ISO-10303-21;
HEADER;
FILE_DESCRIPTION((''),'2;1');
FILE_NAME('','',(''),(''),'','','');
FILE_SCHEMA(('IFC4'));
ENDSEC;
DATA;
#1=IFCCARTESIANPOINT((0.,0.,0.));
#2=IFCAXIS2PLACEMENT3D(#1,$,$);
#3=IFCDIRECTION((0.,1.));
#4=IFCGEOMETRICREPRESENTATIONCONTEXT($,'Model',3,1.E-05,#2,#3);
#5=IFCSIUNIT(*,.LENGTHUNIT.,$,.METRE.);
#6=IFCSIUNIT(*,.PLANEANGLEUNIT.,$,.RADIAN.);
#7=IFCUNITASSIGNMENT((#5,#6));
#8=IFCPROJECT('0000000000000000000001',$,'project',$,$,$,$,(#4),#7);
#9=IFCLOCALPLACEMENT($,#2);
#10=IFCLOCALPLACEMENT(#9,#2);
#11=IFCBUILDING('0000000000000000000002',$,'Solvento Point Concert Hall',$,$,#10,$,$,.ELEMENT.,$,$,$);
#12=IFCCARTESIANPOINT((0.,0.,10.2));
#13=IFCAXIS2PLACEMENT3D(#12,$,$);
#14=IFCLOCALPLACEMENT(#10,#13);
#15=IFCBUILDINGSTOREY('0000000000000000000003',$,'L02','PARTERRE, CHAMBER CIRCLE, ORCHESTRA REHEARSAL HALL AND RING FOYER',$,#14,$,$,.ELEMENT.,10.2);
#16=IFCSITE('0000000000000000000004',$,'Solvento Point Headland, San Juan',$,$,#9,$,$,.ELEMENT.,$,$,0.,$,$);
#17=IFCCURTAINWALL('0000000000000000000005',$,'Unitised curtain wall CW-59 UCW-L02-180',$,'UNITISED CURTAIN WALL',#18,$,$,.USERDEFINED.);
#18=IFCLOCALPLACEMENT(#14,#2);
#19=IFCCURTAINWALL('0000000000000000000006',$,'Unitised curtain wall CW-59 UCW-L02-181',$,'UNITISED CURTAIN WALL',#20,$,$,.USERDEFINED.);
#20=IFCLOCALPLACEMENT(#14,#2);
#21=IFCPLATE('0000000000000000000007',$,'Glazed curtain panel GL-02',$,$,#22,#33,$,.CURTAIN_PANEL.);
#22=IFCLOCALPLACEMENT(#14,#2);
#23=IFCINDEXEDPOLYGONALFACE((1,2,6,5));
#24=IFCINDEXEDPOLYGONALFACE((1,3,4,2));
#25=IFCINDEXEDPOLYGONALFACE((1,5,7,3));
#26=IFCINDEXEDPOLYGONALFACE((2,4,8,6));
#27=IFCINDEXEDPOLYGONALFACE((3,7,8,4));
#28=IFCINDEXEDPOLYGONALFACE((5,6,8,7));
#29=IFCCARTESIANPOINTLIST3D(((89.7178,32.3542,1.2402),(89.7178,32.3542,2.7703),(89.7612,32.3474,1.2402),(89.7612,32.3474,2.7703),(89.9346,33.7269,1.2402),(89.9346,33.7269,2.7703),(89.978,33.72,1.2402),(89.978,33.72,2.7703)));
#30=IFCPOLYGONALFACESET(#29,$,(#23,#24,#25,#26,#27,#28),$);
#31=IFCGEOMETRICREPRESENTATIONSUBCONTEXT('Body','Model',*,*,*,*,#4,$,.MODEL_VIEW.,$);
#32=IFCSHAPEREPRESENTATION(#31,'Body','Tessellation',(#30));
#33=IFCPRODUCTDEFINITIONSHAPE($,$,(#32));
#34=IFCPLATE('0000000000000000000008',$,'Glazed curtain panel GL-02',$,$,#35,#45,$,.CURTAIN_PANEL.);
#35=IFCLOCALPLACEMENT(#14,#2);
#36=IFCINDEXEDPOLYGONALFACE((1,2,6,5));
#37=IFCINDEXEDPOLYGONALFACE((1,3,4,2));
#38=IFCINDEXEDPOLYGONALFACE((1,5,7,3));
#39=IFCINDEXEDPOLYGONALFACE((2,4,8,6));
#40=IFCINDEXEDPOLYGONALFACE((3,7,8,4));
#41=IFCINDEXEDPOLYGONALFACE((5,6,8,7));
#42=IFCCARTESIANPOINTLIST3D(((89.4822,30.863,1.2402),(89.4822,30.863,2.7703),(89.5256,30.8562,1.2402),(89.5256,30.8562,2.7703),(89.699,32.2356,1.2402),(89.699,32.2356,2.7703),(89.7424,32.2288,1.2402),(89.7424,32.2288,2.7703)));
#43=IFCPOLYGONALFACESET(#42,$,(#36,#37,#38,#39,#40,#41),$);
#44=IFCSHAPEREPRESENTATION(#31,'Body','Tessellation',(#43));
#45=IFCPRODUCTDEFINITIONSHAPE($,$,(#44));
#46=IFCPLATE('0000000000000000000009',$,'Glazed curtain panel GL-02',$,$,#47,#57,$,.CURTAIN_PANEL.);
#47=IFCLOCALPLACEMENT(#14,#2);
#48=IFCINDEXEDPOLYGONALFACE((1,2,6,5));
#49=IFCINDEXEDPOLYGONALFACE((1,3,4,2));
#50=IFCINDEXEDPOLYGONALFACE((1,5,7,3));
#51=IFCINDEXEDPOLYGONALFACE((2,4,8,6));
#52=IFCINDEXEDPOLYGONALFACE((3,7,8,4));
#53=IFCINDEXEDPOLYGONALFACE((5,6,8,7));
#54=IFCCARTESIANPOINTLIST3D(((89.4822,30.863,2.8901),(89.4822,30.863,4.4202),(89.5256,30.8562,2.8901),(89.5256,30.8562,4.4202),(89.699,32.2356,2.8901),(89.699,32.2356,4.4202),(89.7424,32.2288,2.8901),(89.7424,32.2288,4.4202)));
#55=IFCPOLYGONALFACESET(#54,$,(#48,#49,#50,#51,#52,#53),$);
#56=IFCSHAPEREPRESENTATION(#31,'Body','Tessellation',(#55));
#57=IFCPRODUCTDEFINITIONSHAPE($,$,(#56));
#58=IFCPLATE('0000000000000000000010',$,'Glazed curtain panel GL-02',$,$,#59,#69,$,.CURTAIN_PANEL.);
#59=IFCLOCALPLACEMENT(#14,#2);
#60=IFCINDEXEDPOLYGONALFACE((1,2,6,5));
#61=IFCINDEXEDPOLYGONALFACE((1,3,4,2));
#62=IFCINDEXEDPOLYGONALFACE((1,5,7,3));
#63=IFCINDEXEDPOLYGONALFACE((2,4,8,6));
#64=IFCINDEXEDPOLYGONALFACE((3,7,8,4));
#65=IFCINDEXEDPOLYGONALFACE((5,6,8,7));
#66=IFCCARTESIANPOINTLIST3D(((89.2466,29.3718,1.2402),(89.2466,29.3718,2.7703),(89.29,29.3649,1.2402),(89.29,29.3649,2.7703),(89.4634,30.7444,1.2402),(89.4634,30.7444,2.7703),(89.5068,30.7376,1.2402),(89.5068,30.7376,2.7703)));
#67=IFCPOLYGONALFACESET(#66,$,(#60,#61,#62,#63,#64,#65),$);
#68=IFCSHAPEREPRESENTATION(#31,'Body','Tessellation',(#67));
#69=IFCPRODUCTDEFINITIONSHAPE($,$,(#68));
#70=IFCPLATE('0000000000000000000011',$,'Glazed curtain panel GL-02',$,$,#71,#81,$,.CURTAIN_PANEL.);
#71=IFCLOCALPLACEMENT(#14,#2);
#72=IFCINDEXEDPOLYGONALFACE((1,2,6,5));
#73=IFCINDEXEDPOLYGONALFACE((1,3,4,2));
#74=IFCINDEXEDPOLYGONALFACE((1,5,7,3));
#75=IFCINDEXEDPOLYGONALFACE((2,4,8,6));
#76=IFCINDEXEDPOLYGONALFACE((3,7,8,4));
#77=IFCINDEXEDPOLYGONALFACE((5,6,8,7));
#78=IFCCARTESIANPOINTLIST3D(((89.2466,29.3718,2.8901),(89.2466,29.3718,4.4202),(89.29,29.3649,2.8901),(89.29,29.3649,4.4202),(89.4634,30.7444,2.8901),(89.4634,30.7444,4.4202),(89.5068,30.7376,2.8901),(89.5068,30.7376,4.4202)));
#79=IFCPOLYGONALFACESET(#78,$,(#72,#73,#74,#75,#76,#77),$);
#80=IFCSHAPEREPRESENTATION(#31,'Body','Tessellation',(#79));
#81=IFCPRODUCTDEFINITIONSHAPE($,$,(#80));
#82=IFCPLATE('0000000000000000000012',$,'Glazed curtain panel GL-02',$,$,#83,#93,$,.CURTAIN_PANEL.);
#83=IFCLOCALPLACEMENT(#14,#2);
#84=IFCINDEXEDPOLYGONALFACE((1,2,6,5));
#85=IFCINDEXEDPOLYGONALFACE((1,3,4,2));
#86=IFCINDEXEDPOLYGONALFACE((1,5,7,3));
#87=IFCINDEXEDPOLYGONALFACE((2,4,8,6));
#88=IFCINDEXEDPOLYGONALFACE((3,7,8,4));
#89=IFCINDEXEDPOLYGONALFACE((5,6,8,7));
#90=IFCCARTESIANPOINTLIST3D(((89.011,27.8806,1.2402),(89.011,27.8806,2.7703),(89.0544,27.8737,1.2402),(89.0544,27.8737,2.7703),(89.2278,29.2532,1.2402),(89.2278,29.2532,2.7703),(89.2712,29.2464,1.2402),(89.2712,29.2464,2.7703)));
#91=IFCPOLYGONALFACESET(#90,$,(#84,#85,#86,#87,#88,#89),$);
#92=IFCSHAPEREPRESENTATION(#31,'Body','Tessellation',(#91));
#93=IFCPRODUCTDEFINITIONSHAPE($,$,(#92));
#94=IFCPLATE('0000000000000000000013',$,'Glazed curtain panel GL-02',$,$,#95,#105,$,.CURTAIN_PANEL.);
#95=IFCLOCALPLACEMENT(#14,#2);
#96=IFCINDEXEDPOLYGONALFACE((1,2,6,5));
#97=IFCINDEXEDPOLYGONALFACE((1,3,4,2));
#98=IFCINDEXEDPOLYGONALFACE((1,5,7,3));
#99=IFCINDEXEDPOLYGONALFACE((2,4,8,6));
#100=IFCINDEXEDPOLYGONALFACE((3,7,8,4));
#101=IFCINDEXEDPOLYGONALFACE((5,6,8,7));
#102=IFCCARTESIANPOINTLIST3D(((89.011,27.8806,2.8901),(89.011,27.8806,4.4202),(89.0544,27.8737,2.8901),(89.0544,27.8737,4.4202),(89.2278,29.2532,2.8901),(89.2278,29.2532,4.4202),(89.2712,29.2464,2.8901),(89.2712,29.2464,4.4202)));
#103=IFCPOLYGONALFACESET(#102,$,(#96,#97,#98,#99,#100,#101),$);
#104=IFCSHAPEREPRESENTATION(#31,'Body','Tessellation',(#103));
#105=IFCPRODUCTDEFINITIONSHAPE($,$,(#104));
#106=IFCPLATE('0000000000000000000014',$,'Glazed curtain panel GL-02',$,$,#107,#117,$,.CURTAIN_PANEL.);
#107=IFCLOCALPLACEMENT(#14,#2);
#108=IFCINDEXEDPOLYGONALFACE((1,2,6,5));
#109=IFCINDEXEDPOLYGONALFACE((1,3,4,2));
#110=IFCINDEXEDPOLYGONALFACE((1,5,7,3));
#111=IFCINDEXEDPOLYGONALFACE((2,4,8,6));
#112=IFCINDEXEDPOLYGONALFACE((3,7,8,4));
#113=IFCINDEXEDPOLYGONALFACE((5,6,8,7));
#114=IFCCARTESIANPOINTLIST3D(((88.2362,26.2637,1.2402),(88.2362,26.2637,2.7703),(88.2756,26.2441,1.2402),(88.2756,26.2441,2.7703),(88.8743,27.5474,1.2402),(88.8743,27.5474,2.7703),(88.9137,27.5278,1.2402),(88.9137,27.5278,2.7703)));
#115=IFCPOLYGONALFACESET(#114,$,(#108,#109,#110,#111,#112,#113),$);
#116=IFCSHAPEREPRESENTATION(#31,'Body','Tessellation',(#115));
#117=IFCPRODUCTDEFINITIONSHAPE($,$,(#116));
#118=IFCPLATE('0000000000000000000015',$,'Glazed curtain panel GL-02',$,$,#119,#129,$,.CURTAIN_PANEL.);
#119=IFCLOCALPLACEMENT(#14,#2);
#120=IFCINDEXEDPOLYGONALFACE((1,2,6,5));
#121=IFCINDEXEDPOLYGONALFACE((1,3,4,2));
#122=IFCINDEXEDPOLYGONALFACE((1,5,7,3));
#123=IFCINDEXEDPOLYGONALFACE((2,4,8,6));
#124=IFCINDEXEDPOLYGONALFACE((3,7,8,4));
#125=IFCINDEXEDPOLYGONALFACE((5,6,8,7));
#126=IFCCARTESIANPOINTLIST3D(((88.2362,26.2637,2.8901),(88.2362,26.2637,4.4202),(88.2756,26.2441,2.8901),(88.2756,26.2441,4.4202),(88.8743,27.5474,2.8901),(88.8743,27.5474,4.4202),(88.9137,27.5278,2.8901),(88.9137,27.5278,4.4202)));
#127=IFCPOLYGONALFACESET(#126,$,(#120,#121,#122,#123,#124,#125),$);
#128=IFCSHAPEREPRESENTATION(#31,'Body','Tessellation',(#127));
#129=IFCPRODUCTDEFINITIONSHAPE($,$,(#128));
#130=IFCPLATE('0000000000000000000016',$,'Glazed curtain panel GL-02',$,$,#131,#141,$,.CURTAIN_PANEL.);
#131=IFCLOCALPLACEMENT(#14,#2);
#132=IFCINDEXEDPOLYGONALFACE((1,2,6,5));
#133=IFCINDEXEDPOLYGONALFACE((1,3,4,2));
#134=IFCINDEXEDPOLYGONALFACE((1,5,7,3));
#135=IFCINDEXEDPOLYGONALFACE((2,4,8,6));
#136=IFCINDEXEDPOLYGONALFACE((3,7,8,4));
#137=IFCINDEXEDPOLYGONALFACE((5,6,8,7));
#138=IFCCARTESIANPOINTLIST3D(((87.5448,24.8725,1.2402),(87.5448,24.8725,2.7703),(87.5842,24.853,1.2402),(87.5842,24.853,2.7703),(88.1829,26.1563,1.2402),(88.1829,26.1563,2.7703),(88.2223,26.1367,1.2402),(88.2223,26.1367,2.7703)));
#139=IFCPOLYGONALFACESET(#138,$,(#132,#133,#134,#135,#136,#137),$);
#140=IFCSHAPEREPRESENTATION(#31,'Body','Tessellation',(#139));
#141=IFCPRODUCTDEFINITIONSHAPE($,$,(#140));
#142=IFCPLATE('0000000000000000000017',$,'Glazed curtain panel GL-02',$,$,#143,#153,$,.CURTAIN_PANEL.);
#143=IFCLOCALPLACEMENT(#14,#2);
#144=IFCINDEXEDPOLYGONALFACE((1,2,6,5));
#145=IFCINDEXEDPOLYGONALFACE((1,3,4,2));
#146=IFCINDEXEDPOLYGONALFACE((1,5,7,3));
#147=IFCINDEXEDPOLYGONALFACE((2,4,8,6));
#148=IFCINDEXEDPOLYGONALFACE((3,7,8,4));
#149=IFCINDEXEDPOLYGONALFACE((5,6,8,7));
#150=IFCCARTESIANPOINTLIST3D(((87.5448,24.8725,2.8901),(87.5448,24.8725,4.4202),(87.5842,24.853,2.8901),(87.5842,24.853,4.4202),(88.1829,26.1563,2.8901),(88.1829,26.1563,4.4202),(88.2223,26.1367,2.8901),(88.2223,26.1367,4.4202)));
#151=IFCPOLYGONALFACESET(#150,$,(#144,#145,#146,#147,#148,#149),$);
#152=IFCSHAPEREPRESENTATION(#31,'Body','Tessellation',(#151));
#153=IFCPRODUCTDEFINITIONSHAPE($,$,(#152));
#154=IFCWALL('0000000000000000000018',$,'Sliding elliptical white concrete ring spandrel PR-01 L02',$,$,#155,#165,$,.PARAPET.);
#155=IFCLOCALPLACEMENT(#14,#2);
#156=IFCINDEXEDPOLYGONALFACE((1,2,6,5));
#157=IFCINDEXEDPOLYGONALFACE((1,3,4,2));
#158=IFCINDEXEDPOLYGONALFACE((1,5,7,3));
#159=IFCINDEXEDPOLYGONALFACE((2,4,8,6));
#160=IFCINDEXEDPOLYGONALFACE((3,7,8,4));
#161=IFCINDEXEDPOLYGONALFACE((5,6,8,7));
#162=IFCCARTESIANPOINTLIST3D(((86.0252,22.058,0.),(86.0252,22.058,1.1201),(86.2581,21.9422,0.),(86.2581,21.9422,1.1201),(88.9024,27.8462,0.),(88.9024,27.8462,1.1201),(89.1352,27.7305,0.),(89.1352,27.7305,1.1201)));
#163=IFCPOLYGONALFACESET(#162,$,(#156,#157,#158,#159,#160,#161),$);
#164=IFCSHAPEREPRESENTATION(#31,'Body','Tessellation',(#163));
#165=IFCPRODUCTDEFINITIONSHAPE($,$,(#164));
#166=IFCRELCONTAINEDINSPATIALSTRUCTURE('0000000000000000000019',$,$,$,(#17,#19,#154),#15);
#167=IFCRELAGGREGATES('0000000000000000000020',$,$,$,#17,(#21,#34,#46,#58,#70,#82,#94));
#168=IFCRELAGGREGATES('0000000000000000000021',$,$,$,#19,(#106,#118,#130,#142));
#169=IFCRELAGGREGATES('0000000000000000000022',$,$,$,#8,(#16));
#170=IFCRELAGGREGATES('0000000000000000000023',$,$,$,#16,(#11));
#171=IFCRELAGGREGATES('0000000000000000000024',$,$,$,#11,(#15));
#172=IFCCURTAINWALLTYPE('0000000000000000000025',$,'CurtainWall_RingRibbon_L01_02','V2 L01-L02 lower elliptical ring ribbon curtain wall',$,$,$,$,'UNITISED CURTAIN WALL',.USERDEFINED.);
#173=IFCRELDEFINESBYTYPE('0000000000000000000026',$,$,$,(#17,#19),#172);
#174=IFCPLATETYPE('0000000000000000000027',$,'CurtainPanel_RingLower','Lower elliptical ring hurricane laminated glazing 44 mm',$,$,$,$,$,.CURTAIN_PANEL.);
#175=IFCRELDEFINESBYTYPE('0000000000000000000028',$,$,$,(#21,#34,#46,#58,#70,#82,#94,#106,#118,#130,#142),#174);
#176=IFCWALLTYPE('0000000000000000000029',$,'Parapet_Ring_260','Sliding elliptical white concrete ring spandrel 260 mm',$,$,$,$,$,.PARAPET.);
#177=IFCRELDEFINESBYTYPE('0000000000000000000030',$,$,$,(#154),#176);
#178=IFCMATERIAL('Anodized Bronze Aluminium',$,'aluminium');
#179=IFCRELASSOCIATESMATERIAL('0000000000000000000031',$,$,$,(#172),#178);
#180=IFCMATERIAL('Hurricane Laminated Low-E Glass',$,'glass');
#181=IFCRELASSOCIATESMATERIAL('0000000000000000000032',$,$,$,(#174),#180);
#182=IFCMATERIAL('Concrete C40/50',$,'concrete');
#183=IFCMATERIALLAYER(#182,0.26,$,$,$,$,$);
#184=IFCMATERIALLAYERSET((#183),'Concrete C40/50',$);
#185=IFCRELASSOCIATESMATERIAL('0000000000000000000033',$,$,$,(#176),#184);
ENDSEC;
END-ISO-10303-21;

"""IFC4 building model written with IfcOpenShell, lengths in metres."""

from ifc_helpers import new_model, si_unit, direction, frame, frame_2d, origin, origin_2d, place, context, subcontext, project, spatial, rectangle, extrude, material, layer, layer_set, type_object, element, aggregate, save


model = new_model("IFC4")

# Units and contexts
model_context = context("Model", 3, precision=1e-05, world=origin(), true_north=direction((0.0, 1.0)))
body_context = subcontext(model_context, "Body", "Model", "MODEL_VIEW")
ifc_project = project(units=[si_unit("LENGTHUNIT", "METRE"), si_unit("PLANEANGLEUNIT", "RADIAN")], contexts=[model_context])

# Site, building, storey
site_placement = place(None, origin())
site = spatial("IfcSite", under=ifc_project, at=site_placement, Name="Solvento Point Headland, San Juan", CompositionType="ELEMENT", RefElevation=0.0)
building_placement = place(site_placement, origin())
building = spatial("IfcBuilding", under=site, at=building_placement, Name="Solvento Point Concert Hall", CompositionType="ELEMENT")
storey_placement = place(building_placement, frame((0.0, 0.0, 10.2)))
storey = spatial("IfcBuildingStorey", under=building, at=storey_placement, Name="L02", Description="PARTERRE, CHAMBER CIRCLE, ORCHESTRA REHEARSAL HALL AND RING FOYER", CompositionType="ELEMENT", Elevation=10.2)

# Curtain walls
ifc_material_1 = material(Name="Anodized Bronze Aluminium", Category="aluminium")
curtain_wall_type = type_object("IfcCurtainWallType", Name="CurtainWall_RingRibbon_L01_02", Description="V2 L01-L02 lower elliptical ring ribbon curtain wall", ElementType="UNITISED CURTAIN WALL", PredefinedType="USERDEFINED", material=ifc_material_1)
curtain_wall_1_placement = place(storey_placement, origin())
curtain_wall_1 = element("IfcCurtainWall", 1, at=curtain_wall_1_placement, inside=storey, type_object=curtain_wall_type, Name="Unitised curtain wall CW-59 UCW-L02-180", ObjectType="UNITISED CURTAIN WALL", PredefinedType="USERDEFINED")
curtain_wall_2_placement = place(storey_placement, origin())
curtain_wall_2 = element("IfcCurtainWall", 2, at=curtain_wall_2_placement, inside=storey, type_object=curtain_wall_type, Name="Unitised curtain wall CW-59 UCW-L02-181", ObjectType="UNITISED CURTAIN WALL", PredefinedType="USERDEFINED")

# Plates
ifc_material_2 = material(Name="Hurricane Laminated Low-E Glass", Category="glass")
plate_type = type_object("IfcPlateType", Name="CurtainPanel_RingLower", Description="Lower elliptical ring hurricane laminated glazing 44 mm", PredefinedType="CURTAIN_PANEL", material=ifc_material_2)
plate_1_placement = place(storey_placement, frame((89.8479, 33.0371, 1.2402), z_axis=(0.0, 0.0, 1.0), x_axis=(-0.156041, -0.987751, 0.0)))
plate_1 = element("IfcPlate", 3, at=plate_1_placement, type_object=plate_type, Name="Glazed curtain panel GL-02", PredefinedType="CURTAIN_PANEL", context=body_context, shape_type="SweptSolid", body=[
    extrude(rectangle(XDim=1.3896, YDim=0.0439, at=origin_2d()), origin(), (0.0, 0.0, 1.0), 1.53),
])
plate_2_placement = place(storey_placement, frame((89.6123, 31.5459, 1.2402), z_axis=(0.0, 0.0, 1.0), x_axis=(-0.156041, -0.987751, 0.0)))
plate_2 = element("IfcPlate", 4, at=plate_2_placement, type_object=plate_type, Name="Glazed curtain panel GL-02", PredefinedType="CURTAIN_PANEL", context=body_context, shape_type="SweptSolid", body=[
    extrude(rectangle(XDim=1.3896, YDim=0.0439, at=origin_2d()), origin(), (0.0, 0.0, 1.0), 1.53),
])
plate_3_placement = place(storey_placement, frame((89.6123, 31.5459, 2.8901), z_axis=(0.0, 0.0, 1.0), x_axis=(-0.156041, -0.987751, 0.0)))
plate_3 = element("IfcPlate", 5, at=plate_3_placement, type_object=plate_type, Name="Glazed curtain panel GL-02", PredefinedType="CURTAIN_PANEL", context=body_context, shape_type="SweptSolid", body=[
    extrude(rectangle(XDim=1.3896, YDim=0.0439, at=origin_2d()), origin(), (0.0, 0.0, 1.0), 1.53),
])
plate_4_placement = place(storey_placement, frame((89.3767, 30.0547, 1.2402), z_axis=(0.0, 0.0, 1.0), x_axis=(-0.156041, -0.987751, 0.0)))
plate_4 = element("IfcPlate", 6, at=plate_4_placement, type_object=plate_type, Name="Glazed curtain panel GL-02", PredefinedType="CURTAIN_PANEL", context=body_context, shape_type="SweptSolid", body=[
    extrude(rectangle(XDim=1.3896, YDim=0.0439, at=origin_2d()), origin(), (0.0, 0.0, 1.0), 1.53),
])
plate_5_placement = place(storey_placement, frame((89.3767, 30.0547, 2.8901), z_axis=(0.0, 0.0, 1.0), x_axis=(-0.156041, -0.987751, 0.0)))
plate_5 = element("IfcPlate", 7, at=plate_5_placement, type_object=plate_type, Name="Glazed curtain panel GL-02", PredefinedType="CURTAIN_PANEL", context=body_context, shape_type="SweptSolid", body=[
    extrude(rectangle(XDim=1.3896, YDim=0.0439, at=origin_2d()), origin(), (0.0, 0.0, 1.0), 1.53),
])
plate_6_placement = place(storey_placement, frame((89.1411, 28.5635, 1.2402), z_axis=(0.0, 0.0, 1.0), x_axis=(-0.156041, -0.987751, 0.0)))
plate_6 = element("IfcPlate", 8, at=plate_6_placement, type_object=plate_type, Name="Glazed curtain panel GL-02", PredefinedType="CURTAIN_PANEL", context=body_context, shape_type="SweptSolid", body=[
    extrude(rectangle(XDim=1.3896, YDim=0.0439, at=origin_2d()), origin(), (0.0, 0.0, 1.0), 1.53),
])
plate_7_placement = place(storey_placement, frame((89.1411, 28.5635, 2.8901), z_axis=(0.0, 0.0, 1.0), x_axis=(-0.156041, -0.987751, 0.0)))
plate_7 = element("IfcPlate", 9, at=plate_7_placement, type_object=plate_type, Name="Glazed curtain panel GL-02", PredefinedType="CURTAIN_PANEL", context=body_context, shape_type="SweptSolid", body=[
    extrude(rectangle(XDim=1.3896, YDim=0.0439, at=origin_2d()), origin(), (0.0, 0.0, 1.0), 1.53),
])
aggregate(curtain_wall_1, [plate_1, plate_2, plate_3, plate_4, plate_5, plate_6, plate_7])
plate_8_placement = place(storey_placement, frame((88.575, 26.8958, 1.2402), z_axis=(0.0, 0.0, 1.0), x_axis=(-0.445115, -0.895473, 0.0)))
plate_8 = element("IfcPlate", 10, at=plate_8_placement, type_object=plate_type, Name="Glazed curtain panel GL-02", PredefinedType="CURTAIN_PANEL", context=body_context, shape_type="SweptSolid", body=[
    extrude(rectangle(XDim=1.4336, YDim=0.0439, at=origin_2d()), origin(), (0.0, 0.0, 1.0), 1.53),
])
plate_9_placement = place(storey_placement, frame((88.575, 26.8958, 2.8901), z_axis=(0.0, 0.0, 1.0), x_axis=(-0.445115, -0.895473, 0.0)))
plate_9 = element("IfcPlate", 11, at=plate_9_placement, type_object=plate_type, Name="Glazed curtain panel GL-02", PredefinedType="CURTAIN_PANEL", context=body_context, shape_type="SweptSolid", body=[
    extrude(rectangle(XDim=1.4336, YDim=0.0439, at=origin_2d()), origin(), (0.0, 0.0, 1.0), 1.53),
])
plate_10_placement = place(storey_placement, frame((87.8835, 25.5046, 1.2402), z_axis=(0.0, 0.0, 1.0), x_axis=(-0.445115, -0.895473, 0.0)))
plate_10 = element("IfcPlate", 12, at=plate_10_placement, type_object=plate_type, Name="Glazed curtain panel GL-02", PredefinedType="CURTAIN_PANEL", context=body_context, shape_type="SweptSolid", body=[
    extrude(rectangle(XDim=1.4336, YDim=0.0439, at=origin_2d()), origin(), (0.0, 0.0, 1.0), 1.53),
])
plate_11_placement = place(storey_placement, frame((87.8835, 25.5046, 2.8901), z_axis=(0.0, 0.0, 1.0), x_axis=(-0.445115, -0.895473, 0.0)))
plate_11 = element("IfcPlate", 13, at=plate_11_placement, type_object=plate_type, Name="Glazed curtain panel GL-02", PredefinedType="CURTAIN_PANEL", context=body_context, shape_type="SweptSolid", body=[
    extrude(rectangle(XDim=1.4336, YDim=0.0439, at=origin_2d()), origin(), (0.0, 0.0, 1.0), 1.53),
])
aggregate(curtain_wall_2, [plate_8, plate_9, plate_10, plate_11])

# Wall
ifc_material_3 = material(Name="Concrete C40/50", Category="concrete")
ifc_layer = layer(ifc_material_3, 0.26)
ifc_layer_set = layer_set([ifc_layer], Name="Concrete C40/50")
wall_type = type_object("IfcWallType", Name="Parapet_Ring_260", Description="Sliding elliptical white concrete ring spandrel 260 mm", PredefinedType="PARAPET", material=ifc_layer_set)
wall_placement = place(storey_placement, frame((89.0188, 27.7883, 0.0), z_axis=(0.0, 0.0, 1.0), x_axis=(-0.445112, -0.895475, 0.0)))
element("IfcWall", 14, at=wall_placement, inside=storey, type_object=wall_type, Name="Sliding elliptical white concrete ring spandrel PR-01 L02", PredefinedType="PARAPET", context=body_context, shape_type="SweptSolid", body=[
    extrude(rectangle(XDim=6.4639, YDim=0.26, at=frame_2d((3.2319, 0.0))), origin(), (0.0, 0.0, 1.0), 1.1201),
])

save(model, "model.ifc")
